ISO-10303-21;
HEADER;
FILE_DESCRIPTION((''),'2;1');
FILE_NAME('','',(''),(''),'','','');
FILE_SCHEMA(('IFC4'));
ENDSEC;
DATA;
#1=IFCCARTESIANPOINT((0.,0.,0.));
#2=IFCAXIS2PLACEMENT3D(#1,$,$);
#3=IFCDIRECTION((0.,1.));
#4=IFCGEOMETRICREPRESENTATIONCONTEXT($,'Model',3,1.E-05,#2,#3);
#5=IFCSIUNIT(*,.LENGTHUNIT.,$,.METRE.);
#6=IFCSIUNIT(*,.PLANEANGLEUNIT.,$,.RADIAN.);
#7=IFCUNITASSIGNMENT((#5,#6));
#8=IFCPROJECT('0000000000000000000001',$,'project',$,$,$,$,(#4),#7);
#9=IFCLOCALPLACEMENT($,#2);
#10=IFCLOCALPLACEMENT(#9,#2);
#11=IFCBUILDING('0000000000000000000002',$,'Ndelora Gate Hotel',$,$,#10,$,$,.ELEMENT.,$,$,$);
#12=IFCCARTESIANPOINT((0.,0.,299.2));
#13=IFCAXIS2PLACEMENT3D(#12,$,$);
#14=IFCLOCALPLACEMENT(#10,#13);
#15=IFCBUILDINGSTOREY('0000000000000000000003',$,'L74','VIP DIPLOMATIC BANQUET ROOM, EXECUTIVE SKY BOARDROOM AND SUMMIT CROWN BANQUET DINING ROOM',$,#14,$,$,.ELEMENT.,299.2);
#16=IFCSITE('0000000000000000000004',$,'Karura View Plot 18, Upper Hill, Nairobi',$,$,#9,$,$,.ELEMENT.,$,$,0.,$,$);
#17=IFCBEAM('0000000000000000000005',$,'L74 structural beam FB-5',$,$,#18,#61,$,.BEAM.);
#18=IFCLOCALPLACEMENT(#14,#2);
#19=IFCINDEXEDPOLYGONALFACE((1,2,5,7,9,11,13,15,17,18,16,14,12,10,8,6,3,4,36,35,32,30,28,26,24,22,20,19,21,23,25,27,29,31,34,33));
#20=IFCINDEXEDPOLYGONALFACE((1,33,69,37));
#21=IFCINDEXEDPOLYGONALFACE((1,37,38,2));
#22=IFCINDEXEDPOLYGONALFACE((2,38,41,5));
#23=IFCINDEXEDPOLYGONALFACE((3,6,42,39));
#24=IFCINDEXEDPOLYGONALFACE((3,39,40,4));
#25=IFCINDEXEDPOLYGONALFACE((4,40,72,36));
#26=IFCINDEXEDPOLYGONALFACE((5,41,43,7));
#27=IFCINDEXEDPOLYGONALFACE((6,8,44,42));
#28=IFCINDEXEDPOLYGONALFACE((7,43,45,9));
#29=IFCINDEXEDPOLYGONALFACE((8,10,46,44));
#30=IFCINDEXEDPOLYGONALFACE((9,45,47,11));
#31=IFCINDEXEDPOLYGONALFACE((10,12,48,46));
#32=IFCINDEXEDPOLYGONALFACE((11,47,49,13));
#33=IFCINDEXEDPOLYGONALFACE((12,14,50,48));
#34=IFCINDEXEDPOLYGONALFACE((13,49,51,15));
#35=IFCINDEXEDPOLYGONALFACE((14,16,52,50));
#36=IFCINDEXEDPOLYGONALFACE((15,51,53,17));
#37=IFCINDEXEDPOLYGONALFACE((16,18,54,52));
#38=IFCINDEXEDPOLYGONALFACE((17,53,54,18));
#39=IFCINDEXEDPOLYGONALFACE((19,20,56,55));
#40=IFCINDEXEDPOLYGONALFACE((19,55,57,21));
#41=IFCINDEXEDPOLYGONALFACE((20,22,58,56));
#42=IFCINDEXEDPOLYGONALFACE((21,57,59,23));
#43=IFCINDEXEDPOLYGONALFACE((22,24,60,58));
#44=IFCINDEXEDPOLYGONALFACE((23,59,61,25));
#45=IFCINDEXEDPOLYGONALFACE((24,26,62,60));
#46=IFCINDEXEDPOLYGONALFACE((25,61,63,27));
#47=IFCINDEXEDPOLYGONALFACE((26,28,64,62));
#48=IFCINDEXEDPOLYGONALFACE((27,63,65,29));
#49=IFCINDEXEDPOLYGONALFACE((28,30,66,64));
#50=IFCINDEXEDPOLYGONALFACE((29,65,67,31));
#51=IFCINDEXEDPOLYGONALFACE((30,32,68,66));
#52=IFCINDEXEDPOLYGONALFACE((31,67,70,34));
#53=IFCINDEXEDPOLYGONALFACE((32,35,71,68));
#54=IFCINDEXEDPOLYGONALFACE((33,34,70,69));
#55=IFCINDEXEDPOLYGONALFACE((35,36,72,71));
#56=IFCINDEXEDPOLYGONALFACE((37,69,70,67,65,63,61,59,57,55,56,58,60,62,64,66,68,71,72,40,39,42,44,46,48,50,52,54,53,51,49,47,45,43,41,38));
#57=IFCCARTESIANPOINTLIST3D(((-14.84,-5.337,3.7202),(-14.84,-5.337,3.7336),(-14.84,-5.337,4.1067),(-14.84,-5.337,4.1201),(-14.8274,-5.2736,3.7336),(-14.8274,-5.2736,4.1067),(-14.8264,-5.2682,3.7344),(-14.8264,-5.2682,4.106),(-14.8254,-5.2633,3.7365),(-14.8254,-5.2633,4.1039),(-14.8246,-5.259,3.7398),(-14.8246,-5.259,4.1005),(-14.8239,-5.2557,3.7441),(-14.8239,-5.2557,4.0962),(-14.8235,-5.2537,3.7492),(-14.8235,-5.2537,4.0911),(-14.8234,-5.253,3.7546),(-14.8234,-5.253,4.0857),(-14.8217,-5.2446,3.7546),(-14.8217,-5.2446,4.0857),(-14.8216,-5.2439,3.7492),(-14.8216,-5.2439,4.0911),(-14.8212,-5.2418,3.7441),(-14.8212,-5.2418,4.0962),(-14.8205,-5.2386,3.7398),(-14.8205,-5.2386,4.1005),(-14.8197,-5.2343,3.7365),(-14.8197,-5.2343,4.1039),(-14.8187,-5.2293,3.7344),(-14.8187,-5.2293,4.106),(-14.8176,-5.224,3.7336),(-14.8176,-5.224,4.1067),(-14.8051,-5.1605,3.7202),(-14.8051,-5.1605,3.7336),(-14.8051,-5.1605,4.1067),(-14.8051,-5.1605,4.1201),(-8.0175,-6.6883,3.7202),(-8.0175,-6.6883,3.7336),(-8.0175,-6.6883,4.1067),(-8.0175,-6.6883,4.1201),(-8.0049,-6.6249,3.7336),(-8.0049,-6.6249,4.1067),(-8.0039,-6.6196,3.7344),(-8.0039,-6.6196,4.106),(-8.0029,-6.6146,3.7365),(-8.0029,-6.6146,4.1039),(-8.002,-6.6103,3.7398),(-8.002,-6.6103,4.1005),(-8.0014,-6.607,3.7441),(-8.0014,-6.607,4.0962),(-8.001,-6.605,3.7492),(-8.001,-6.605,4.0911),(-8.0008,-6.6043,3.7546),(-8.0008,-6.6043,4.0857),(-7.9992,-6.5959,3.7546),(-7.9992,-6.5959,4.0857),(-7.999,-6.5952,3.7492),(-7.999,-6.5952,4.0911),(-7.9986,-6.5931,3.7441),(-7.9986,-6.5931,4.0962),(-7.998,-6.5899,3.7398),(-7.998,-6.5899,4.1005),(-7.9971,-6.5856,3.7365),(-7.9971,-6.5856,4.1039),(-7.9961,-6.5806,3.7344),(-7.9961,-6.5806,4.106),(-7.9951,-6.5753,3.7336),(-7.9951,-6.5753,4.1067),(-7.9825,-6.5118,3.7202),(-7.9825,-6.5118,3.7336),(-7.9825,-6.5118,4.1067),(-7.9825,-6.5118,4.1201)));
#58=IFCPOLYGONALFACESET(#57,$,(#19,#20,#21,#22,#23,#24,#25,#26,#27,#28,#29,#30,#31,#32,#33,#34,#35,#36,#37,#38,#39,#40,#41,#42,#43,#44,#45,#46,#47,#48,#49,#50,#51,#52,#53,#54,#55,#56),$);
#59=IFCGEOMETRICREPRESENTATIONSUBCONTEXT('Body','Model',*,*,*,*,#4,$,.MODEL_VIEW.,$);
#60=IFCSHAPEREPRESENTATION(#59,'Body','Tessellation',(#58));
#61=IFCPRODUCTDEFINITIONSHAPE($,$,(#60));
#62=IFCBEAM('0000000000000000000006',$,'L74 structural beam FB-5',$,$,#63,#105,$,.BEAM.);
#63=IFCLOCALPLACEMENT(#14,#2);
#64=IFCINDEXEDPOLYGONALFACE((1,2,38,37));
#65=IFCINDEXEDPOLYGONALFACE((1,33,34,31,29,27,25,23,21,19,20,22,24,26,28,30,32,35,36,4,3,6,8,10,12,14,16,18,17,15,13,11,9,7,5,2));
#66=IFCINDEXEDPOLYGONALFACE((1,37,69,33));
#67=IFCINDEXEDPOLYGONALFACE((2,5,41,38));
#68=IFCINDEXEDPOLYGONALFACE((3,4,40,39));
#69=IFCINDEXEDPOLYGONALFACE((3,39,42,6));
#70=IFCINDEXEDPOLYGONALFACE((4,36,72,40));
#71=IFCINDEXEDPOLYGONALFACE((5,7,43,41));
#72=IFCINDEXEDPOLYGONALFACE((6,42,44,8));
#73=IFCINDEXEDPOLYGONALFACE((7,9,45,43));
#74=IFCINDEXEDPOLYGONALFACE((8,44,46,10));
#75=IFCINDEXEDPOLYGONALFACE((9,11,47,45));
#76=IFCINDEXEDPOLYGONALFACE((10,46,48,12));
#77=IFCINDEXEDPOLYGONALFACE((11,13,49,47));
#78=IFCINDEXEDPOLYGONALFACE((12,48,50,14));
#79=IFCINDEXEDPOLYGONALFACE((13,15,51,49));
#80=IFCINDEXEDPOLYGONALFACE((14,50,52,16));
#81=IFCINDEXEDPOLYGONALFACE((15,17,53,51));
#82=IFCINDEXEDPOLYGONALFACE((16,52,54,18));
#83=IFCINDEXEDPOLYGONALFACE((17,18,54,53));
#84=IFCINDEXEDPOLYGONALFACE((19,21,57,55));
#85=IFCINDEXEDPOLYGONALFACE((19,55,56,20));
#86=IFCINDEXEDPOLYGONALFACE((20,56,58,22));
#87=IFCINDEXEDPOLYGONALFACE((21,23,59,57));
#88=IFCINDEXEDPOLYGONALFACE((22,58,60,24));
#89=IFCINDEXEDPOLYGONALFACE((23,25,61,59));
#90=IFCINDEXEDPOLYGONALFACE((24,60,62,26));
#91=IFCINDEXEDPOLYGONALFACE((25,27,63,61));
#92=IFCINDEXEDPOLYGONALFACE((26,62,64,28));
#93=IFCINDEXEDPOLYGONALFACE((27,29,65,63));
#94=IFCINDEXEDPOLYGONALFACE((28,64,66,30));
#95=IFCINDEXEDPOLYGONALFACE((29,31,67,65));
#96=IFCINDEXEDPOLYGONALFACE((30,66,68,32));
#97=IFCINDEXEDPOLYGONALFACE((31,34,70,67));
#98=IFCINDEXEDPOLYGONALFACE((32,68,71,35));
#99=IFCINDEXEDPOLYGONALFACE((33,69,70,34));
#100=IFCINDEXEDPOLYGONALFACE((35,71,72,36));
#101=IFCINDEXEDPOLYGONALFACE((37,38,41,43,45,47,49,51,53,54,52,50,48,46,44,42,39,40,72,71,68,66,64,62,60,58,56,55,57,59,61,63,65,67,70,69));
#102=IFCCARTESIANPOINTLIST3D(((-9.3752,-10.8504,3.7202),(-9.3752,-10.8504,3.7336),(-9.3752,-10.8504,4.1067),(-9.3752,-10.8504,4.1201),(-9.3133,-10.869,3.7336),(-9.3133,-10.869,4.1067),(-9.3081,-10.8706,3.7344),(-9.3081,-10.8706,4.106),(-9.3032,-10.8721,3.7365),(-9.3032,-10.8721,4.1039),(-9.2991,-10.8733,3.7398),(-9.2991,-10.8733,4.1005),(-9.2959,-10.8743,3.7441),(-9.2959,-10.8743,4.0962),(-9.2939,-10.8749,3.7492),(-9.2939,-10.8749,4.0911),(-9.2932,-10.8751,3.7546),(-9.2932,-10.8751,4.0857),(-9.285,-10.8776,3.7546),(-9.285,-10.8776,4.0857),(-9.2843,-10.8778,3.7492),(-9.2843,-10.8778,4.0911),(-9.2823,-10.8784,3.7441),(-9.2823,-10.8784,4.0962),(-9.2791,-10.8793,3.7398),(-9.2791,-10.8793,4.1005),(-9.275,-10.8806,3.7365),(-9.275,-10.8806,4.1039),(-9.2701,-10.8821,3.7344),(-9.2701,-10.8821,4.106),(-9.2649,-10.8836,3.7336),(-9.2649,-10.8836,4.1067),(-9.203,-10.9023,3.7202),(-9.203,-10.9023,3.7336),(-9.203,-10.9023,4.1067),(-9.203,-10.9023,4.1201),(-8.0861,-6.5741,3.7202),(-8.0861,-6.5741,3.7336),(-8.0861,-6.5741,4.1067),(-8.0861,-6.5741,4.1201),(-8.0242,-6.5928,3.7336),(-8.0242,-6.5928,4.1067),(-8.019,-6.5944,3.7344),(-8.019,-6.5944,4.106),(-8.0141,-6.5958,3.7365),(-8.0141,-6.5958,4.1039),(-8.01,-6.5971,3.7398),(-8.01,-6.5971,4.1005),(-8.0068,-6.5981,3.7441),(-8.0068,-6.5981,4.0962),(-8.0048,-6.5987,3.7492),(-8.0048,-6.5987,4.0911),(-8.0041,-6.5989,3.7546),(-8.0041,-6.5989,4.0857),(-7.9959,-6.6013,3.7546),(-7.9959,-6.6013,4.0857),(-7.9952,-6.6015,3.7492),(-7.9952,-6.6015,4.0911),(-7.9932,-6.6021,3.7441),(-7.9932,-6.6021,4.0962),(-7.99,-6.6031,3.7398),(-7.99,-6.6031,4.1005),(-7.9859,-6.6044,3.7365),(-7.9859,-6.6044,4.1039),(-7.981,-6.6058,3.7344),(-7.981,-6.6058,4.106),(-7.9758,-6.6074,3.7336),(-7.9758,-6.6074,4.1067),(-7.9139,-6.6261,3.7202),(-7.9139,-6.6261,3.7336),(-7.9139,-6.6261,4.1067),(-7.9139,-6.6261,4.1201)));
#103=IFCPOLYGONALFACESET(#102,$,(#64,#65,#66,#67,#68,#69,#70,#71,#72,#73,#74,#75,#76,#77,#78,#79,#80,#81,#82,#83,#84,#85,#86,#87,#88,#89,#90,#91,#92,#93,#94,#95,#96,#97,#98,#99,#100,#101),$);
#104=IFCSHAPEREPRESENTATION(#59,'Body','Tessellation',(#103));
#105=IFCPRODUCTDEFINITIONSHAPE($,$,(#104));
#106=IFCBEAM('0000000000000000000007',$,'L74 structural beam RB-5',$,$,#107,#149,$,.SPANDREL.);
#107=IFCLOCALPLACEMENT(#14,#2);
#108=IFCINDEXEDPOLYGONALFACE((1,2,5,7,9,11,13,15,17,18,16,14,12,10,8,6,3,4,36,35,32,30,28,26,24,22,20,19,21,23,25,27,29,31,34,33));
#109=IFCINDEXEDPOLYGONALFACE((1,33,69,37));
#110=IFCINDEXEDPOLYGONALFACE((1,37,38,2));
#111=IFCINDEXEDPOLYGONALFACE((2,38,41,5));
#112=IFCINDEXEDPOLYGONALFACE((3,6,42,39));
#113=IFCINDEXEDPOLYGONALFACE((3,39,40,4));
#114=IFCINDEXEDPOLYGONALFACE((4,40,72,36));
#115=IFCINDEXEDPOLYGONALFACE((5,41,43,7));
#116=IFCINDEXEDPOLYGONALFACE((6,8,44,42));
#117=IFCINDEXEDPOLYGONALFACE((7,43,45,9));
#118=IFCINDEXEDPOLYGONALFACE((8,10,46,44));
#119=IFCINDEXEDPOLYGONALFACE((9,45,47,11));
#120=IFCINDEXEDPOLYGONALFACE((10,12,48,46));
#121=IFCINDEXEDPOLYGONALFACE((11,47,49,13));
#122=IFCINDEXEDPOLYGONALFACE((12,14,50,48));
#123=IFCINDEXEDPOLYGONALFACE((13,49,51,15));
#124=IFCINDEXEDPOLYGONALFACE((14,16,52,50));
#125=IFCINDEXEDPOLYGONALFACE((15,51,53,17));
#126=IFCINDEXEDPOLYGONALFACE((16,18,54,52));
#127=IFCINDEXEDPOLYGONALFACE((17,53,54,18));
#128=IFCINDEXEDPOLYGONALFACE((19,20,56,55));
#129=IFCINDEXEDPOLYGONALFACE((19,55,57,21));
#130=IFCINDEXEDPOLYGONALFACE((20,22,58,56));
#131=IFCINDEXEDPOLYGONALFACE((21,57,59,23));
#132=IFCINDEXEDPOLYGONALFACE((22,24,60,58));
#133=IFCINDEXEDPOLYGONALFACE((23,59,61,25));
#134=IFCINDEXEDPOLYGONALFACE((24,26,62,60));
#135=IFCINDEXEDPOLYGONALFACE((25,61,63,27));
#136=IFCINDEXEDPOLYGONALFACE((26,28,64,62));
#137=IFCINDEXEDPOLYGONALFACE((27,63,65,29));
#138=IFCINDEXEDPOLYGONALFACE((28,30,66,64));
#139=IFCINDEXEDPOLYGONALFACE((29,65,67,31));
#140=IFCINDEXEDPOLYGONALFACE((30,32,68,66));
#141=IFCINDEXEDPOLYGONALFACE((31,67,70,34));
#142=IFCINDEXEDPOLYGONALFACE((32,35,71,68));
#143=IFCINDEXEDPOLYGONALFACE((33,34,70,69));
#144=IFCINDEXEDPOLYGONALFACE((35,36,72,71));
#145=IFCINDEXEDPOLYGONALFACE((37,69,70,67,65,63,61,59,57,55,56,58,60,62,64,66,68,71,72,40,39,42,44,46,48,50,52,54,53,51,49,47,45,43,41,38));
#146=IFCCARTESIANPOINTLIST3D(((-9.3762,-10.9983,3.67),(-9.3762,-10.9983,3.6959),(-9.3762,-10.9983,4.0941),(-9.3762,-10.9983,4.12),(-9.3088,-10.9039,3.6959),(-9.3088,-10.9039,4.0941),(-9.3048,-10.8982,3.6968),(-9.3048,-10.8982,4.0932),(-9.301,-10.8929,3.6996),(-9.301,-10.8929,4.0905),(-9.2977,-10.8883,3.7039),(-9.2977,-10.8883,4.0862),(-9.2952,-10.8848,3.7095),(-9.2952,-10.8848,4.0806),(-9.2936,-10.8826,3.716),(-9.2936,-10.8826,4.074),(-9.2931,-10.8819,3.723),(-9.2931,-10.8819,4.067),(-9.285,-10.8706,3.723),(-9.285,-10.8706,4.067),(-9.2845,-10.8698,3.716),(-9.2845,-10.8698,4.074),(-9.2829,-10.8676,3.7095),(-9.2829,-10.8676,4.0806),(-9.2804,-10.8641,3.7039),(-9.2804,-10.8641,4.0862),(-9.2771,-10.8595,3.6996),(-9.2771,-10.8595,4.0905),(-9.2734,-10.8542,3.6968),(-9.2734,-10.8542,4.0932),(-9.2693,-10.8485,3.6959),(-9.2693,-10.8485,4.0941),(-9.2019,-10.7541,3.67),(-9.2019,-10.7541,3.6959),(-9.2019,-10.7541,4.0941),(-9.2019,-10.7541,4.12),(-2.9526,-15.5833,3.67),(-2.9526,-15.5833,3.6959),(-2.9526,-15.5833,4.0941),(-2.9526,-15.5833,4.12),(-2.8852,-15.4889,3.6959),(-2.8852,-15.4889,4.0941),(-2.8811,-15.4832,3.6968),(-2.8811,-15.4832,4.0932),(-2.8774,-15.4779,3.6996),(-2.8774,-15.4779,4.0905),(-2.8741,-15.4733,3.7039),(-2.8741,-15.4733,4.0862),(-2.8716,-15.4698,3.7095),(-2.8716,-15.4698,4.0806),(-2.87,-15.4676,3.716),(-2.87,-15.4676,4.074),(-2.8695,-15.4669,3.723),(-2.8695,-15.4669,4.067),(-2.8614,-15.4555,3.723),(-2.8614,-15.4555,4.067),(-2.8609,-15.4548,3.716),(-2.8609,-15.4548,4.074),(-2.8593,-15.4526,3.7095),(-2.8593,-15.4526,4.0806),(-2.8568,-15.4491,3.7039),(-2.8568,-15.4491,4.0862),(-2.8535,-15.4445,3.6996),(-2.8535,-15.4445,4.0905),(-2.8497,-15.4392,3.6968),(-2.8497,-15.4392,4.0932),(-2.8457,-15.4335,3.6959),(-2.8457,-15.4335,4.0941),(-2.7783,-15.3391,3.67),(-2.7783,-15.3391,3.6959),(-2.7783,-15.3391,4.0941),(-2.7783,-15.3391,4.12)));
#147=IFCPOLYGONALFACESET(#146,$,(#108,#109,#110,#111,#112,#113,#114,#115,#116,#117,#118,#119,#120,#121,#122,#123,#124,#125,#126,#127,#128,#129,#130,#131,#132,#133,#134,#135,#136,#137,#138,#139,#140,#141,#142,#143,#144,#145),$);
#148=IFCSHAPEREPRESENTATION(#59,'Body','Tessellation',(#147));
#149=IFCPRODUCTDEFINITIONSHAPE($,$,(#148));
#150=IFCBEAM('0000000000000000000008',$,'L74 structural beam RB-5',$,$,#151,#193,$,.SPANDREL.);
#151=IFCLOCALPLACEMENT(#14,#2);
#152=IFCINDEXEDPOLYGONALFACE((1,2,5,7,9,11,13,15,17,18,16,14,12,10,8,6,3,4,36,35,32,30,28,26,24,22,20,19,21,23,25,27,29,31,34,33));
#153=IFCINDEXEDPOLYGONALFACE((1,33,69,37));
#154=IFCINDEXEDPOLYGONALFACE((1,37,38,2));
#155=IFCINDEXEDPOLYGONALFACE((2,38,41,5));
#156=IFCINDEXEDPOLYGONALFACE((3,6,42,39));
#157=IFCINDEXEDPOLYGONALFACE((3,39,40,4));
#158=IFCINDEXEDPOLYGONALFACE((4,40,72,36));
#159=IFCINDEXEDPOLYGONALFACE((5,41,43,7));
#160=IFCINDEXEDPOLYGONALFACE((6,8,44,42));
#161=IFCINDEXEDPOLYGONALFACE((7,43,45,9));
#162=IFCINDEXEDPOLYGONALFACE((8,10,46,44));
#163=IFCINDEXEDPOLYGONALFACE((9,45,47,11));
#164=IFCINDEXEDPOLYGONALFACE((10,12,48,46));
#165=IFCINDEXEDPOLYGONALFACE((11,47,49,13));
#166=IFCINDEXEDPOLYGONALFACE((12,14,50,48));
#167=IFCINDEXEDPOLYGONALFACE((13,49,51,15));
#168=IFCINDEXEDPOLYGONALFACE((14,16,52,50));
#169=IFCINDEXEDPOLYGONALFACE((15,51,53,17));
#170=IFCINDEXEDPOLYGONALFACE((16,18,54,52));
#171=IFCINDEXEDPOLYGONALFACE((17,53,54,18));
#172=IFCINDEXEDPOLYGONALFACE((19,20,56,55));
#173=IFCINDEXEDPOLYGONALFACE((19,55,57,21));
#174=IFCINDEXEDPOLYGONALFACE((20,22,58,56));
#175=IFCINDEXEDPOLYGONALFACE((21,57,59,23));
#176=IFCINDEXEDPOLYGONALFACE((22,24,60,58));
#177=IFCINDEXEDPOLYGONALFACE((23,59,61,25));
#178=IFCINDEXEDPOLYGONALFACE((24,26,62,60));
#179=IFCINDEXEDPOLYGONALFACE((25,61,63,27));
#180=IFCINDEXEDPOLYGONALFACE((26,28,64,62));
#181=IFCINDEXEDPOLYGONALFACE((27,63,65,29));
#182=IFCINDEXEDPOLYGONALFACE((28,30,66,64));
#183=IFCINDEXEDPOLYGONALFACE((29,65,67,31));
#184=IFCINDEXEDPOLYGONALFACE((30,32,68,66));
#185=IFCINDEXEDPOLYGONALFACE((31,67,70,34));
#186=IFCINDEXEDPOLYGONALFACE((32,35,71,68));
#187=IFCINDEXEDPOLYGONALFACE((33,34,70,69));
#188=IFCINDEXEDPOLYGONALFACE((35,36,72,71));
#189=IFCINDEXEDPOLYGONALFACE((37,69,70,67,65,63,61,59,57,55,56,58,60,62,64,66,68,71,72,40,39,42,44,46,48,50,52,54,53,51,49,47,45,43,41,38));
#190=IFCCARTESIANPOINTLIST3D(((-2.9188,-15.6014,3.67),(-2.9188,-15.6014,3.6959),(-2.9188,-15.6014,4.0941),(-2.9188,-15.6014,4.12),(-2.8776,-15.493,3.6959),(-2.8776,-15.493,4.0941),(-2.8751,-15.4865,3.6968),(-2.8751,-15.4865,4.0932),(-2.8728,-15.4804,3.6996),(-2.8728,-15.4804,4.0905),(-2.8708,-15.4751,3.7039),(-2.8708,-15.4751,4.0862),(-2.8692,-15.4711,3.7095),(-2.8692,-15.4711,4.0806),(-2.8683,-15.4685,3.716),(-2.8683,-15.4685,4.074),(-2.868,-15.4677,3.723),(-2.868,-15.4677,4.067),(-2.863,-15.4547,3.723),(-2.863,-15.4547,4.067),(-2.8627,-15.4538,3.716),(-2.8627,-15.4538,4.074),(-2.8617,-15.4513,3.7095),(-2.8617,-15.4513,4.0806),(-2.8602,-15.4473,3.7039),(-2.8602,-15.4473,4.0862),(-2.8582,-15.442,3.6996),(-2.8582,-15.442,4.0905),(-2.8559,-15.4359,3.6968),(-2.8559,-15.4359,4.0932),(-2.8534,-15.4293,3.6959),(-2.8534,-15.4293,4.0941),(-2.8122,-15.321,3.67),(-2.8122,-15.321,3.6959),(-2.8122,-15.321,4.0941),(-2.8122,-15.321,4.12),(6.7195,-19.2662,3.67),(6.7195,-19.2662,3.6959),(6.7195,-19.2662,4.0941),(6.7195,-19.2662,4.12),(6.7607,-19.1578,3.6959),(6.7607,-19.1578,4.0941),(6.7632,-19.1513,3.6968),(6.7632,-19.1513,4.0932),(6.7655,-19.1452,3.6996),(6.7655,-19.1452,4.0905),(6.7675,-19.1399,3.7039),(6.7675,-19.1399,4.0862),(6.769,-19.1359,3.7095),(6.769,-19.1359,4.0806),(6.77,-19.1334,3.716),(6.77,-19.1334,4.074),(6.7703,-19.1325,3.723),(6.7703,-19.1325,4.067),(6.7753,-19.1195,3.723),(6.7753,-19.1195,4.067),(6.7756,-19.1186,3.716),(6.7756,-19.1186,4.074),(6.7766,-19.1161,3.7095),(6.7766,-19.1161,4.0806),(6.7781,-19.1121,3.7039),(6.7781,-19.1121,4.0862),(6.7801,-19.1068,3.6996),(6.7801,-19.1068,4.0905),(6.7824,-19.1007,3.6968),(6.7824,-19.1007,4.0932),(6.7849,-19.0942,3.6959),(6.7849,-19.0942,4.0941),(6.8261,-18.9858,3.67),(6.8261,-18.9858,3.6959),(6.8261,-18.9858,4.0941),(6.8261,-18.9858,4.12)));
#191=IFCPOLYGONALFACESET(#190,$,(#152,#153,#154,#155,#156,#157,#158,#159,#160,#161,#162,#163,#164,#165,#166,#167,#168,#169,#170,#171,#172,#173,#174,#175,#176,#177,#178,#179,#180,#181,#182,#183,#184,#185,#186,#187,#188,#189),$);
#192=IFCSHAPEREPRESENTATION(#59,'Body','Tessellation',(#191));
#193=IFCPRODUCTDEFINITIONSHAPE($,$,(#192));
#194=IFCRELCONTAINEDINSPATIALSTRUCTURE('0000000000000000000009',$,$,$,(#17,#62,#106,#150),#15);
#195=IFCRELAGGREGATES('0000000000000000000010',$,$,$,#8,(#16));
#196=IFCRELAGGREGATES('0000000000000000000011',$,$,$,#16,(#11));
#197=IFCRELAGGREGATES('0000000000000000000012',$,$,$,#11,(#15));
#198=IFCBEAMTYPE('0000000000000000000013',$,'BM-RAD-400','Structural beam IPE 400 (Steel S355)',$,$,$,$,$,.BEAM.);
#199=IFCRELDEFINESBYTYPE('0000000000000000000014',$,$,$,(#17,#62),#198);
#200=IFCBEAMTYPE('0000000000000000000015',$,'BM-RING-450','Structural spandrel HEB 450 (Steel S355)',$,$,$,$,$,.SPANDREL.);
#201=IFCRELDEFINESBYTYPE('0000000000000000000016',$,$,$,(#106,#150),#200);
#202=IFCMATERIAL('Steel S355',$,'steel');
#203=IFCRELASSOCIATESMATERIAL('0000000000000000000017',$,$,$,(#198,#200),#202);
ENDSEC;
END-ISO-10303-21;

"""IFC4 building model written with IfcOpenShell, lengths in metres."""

from ifc_helpers import new_model, si_unit, direction, frame, origin, origin_2d, place, context, subcontext, project, spatial, i_section, extrude, material, material_profile, profile_set, type_object, element, save


model = new_model("IFC4")

# Units and contexts
model_context = context("Model", 3, precision=1e-05, world=origin(), true_north=direction((0.0, 1.0)))
body_context = subcontext(model_context, "Body", "Model", "MODEL_VIEW")
ifc_project = project(units=[si_unit("LENGTHUNIT", "METRE"), si_unit("PLANEANGLEUNIT", "RADIAN")], contexts=[model_context])

# Site, building, storey
site_placement = place(None, origin())
site = spatial("IfcSite", under=ifc_project, at=site_placement, Name="Karura View Plot 18, Upper Hill, Nairobi", CompositionType="ELEMENT", RefElevation=0.0)
building_placement = place(site_placement, origin())
building = spatial("IfcBuilding", under=site, at=building_placement, Name="Ndelora Gate Hotel", CompositionType="ELEMENT")
storey_placement = place(building_placement, frame((0.0, 0.0, 299.2)))
storey = spatial("IfcBuildingStorey", under=building, at=storey_placement, Name="L74", Description="VIP DIPLOMATIC BANQUET ROOM, EXECUTIVE SKY BOARDROOM AND SUMMIT CROWN BANQUET DINING ROOM", CompositionType="ELEMENT", Elevation=299.2)

# Beams
ifc_material_1 = material(Name="Steel S355", Category="steel")
ifc_material_profile_1 = material_profile(ifc_material_1, i_section(OverallWidth=0.1799, OverallDepth=0.3999, WebThickness=0.0085, FlangeThickness=0.0134, FilletRadius=0.021, at=origin_2d()), Name="IPE 400")
ifc_profile_set_1 = profile_set([ifc_material_profile_1], Name="Steel S355")
beam_type_1 = type_object("IfcBeamType", Name="BM-RAD-400", Description="Structural beam IPE 400 (Steel S355)", PredefinedType="BEAM", material=ifc_profile_set_1)
beam_1_placement = place(storey_placement, frame((-8.0, -6.6001, 3.9202), z_axis=(-0.980944, 0.194293, 0.0), x_axis=(-0.194293, -0.980944, 0.0)))
element("IfcBeam", 1, at=beam_1_placement, inside=storey, type_object=beam_type_1, Name="L74 structural beam FB-5", PredefinedType="BEAM", context=body_context, shape_type="SweptSolid", body=[
    extrude(i_section(OverallWidth=0.1799, OverallDepth=0.3999, WebThickness=0.0085, FlangeThickness=0.0134, FilletRadius=0.021, at=origin_2d()), origin(), (0.0, 0.0, 1.0), 6.9551),
])
beam_2_placement = place(storey_placement, frame((-8.0, -6.6001, 3.9202), z_axis=(-0.288626, -0.957442, 0.0), x_axis=(0.957442, -0.288626, 0.0)))
element("IfcBeam", 2, at=beam_2_placement, inside=storey, type_object=beam_type_1, Name="L74 structural beam FB-5", PredefinedType="BEAM", context=body_context, shape_type="SweptSolid", body=[
    extrude(i_section(OverallWidth=0.1799, OverallDepth=0.3999, WebThickness=0.0085, FlangeThickness=0.0134, FilletRadius=0.021, at=origin_2d()), origin(), (0.0, 0.0, 1.0), 4.4663),
])
ifc_material_profile_2 = material_profile(ifc_material_1, i_section(OverallWidth=0.3, OverallDepth=0.45, WebThickness=0.0139, FlangeThickness=0.0259, FilletRadius=0.0271, at=origin_2d()), Name="HEB 450")
ifc_profile_set_2 = profile_set([ifc_material_profile_2], Name="Steel S355")
beam_type_2 = type_object("IfcBeamType", Name="BM-RING-450", Description="Structural spandrel HEB 450 (Steel S355)", PredefinedType="SPANDREL", material=ifc_profile_set_2)
beam_3_placement = place(storey_placement, frame((-9.2891, -10.8762, 3.895), z_axis=(0.813932, -0.58096, 0.0), x_axis=(0.58096, 0.813932, 0.0)))
element("IfcBeam", 3, at=beam_3_placement, inside=storey, type_object=beam_type_2, Name="L74 structural beam RB-5", PredefinedType="SPANDREL", context=body_context, shape_type="SweptSolid", body=[
    extrude(i_section(OverallWidth=0.3, OverallDepth=0.45, WebThickness=0.0139, FlangeThickness=0.0259, FilletRadius=0.0271, at=origin_2d()), origin(), (0.0, 0.0, 1.0), 7.8921),
])
beam_4_placement = place(storey_placement, frame((-2.8655, -15.4612, 3.895), z_axis=(0.93471, -0.355411, 0.0), x_axis=(0.355411, 0.93471, 0.0)))
element("IfcBeam", 4, at=beam_4_placement, inside=storey, type_object=beam_type_2, Name="L74 structural beam RB-5", PredefinedType="SPANDREL", context=body_context, shape_type="SweptSolid", body=[
    extrude(i_section(OverallWidth=0.3, OverallDepth=0.45, WebThickness=0.0139, FlangeThickness=0.0259, FilletRadius=0.0271, at=origin_2d()), origin(), (0.0, 0.0, 1.0), 10.3115),
])

save(model, "model.ifc")
